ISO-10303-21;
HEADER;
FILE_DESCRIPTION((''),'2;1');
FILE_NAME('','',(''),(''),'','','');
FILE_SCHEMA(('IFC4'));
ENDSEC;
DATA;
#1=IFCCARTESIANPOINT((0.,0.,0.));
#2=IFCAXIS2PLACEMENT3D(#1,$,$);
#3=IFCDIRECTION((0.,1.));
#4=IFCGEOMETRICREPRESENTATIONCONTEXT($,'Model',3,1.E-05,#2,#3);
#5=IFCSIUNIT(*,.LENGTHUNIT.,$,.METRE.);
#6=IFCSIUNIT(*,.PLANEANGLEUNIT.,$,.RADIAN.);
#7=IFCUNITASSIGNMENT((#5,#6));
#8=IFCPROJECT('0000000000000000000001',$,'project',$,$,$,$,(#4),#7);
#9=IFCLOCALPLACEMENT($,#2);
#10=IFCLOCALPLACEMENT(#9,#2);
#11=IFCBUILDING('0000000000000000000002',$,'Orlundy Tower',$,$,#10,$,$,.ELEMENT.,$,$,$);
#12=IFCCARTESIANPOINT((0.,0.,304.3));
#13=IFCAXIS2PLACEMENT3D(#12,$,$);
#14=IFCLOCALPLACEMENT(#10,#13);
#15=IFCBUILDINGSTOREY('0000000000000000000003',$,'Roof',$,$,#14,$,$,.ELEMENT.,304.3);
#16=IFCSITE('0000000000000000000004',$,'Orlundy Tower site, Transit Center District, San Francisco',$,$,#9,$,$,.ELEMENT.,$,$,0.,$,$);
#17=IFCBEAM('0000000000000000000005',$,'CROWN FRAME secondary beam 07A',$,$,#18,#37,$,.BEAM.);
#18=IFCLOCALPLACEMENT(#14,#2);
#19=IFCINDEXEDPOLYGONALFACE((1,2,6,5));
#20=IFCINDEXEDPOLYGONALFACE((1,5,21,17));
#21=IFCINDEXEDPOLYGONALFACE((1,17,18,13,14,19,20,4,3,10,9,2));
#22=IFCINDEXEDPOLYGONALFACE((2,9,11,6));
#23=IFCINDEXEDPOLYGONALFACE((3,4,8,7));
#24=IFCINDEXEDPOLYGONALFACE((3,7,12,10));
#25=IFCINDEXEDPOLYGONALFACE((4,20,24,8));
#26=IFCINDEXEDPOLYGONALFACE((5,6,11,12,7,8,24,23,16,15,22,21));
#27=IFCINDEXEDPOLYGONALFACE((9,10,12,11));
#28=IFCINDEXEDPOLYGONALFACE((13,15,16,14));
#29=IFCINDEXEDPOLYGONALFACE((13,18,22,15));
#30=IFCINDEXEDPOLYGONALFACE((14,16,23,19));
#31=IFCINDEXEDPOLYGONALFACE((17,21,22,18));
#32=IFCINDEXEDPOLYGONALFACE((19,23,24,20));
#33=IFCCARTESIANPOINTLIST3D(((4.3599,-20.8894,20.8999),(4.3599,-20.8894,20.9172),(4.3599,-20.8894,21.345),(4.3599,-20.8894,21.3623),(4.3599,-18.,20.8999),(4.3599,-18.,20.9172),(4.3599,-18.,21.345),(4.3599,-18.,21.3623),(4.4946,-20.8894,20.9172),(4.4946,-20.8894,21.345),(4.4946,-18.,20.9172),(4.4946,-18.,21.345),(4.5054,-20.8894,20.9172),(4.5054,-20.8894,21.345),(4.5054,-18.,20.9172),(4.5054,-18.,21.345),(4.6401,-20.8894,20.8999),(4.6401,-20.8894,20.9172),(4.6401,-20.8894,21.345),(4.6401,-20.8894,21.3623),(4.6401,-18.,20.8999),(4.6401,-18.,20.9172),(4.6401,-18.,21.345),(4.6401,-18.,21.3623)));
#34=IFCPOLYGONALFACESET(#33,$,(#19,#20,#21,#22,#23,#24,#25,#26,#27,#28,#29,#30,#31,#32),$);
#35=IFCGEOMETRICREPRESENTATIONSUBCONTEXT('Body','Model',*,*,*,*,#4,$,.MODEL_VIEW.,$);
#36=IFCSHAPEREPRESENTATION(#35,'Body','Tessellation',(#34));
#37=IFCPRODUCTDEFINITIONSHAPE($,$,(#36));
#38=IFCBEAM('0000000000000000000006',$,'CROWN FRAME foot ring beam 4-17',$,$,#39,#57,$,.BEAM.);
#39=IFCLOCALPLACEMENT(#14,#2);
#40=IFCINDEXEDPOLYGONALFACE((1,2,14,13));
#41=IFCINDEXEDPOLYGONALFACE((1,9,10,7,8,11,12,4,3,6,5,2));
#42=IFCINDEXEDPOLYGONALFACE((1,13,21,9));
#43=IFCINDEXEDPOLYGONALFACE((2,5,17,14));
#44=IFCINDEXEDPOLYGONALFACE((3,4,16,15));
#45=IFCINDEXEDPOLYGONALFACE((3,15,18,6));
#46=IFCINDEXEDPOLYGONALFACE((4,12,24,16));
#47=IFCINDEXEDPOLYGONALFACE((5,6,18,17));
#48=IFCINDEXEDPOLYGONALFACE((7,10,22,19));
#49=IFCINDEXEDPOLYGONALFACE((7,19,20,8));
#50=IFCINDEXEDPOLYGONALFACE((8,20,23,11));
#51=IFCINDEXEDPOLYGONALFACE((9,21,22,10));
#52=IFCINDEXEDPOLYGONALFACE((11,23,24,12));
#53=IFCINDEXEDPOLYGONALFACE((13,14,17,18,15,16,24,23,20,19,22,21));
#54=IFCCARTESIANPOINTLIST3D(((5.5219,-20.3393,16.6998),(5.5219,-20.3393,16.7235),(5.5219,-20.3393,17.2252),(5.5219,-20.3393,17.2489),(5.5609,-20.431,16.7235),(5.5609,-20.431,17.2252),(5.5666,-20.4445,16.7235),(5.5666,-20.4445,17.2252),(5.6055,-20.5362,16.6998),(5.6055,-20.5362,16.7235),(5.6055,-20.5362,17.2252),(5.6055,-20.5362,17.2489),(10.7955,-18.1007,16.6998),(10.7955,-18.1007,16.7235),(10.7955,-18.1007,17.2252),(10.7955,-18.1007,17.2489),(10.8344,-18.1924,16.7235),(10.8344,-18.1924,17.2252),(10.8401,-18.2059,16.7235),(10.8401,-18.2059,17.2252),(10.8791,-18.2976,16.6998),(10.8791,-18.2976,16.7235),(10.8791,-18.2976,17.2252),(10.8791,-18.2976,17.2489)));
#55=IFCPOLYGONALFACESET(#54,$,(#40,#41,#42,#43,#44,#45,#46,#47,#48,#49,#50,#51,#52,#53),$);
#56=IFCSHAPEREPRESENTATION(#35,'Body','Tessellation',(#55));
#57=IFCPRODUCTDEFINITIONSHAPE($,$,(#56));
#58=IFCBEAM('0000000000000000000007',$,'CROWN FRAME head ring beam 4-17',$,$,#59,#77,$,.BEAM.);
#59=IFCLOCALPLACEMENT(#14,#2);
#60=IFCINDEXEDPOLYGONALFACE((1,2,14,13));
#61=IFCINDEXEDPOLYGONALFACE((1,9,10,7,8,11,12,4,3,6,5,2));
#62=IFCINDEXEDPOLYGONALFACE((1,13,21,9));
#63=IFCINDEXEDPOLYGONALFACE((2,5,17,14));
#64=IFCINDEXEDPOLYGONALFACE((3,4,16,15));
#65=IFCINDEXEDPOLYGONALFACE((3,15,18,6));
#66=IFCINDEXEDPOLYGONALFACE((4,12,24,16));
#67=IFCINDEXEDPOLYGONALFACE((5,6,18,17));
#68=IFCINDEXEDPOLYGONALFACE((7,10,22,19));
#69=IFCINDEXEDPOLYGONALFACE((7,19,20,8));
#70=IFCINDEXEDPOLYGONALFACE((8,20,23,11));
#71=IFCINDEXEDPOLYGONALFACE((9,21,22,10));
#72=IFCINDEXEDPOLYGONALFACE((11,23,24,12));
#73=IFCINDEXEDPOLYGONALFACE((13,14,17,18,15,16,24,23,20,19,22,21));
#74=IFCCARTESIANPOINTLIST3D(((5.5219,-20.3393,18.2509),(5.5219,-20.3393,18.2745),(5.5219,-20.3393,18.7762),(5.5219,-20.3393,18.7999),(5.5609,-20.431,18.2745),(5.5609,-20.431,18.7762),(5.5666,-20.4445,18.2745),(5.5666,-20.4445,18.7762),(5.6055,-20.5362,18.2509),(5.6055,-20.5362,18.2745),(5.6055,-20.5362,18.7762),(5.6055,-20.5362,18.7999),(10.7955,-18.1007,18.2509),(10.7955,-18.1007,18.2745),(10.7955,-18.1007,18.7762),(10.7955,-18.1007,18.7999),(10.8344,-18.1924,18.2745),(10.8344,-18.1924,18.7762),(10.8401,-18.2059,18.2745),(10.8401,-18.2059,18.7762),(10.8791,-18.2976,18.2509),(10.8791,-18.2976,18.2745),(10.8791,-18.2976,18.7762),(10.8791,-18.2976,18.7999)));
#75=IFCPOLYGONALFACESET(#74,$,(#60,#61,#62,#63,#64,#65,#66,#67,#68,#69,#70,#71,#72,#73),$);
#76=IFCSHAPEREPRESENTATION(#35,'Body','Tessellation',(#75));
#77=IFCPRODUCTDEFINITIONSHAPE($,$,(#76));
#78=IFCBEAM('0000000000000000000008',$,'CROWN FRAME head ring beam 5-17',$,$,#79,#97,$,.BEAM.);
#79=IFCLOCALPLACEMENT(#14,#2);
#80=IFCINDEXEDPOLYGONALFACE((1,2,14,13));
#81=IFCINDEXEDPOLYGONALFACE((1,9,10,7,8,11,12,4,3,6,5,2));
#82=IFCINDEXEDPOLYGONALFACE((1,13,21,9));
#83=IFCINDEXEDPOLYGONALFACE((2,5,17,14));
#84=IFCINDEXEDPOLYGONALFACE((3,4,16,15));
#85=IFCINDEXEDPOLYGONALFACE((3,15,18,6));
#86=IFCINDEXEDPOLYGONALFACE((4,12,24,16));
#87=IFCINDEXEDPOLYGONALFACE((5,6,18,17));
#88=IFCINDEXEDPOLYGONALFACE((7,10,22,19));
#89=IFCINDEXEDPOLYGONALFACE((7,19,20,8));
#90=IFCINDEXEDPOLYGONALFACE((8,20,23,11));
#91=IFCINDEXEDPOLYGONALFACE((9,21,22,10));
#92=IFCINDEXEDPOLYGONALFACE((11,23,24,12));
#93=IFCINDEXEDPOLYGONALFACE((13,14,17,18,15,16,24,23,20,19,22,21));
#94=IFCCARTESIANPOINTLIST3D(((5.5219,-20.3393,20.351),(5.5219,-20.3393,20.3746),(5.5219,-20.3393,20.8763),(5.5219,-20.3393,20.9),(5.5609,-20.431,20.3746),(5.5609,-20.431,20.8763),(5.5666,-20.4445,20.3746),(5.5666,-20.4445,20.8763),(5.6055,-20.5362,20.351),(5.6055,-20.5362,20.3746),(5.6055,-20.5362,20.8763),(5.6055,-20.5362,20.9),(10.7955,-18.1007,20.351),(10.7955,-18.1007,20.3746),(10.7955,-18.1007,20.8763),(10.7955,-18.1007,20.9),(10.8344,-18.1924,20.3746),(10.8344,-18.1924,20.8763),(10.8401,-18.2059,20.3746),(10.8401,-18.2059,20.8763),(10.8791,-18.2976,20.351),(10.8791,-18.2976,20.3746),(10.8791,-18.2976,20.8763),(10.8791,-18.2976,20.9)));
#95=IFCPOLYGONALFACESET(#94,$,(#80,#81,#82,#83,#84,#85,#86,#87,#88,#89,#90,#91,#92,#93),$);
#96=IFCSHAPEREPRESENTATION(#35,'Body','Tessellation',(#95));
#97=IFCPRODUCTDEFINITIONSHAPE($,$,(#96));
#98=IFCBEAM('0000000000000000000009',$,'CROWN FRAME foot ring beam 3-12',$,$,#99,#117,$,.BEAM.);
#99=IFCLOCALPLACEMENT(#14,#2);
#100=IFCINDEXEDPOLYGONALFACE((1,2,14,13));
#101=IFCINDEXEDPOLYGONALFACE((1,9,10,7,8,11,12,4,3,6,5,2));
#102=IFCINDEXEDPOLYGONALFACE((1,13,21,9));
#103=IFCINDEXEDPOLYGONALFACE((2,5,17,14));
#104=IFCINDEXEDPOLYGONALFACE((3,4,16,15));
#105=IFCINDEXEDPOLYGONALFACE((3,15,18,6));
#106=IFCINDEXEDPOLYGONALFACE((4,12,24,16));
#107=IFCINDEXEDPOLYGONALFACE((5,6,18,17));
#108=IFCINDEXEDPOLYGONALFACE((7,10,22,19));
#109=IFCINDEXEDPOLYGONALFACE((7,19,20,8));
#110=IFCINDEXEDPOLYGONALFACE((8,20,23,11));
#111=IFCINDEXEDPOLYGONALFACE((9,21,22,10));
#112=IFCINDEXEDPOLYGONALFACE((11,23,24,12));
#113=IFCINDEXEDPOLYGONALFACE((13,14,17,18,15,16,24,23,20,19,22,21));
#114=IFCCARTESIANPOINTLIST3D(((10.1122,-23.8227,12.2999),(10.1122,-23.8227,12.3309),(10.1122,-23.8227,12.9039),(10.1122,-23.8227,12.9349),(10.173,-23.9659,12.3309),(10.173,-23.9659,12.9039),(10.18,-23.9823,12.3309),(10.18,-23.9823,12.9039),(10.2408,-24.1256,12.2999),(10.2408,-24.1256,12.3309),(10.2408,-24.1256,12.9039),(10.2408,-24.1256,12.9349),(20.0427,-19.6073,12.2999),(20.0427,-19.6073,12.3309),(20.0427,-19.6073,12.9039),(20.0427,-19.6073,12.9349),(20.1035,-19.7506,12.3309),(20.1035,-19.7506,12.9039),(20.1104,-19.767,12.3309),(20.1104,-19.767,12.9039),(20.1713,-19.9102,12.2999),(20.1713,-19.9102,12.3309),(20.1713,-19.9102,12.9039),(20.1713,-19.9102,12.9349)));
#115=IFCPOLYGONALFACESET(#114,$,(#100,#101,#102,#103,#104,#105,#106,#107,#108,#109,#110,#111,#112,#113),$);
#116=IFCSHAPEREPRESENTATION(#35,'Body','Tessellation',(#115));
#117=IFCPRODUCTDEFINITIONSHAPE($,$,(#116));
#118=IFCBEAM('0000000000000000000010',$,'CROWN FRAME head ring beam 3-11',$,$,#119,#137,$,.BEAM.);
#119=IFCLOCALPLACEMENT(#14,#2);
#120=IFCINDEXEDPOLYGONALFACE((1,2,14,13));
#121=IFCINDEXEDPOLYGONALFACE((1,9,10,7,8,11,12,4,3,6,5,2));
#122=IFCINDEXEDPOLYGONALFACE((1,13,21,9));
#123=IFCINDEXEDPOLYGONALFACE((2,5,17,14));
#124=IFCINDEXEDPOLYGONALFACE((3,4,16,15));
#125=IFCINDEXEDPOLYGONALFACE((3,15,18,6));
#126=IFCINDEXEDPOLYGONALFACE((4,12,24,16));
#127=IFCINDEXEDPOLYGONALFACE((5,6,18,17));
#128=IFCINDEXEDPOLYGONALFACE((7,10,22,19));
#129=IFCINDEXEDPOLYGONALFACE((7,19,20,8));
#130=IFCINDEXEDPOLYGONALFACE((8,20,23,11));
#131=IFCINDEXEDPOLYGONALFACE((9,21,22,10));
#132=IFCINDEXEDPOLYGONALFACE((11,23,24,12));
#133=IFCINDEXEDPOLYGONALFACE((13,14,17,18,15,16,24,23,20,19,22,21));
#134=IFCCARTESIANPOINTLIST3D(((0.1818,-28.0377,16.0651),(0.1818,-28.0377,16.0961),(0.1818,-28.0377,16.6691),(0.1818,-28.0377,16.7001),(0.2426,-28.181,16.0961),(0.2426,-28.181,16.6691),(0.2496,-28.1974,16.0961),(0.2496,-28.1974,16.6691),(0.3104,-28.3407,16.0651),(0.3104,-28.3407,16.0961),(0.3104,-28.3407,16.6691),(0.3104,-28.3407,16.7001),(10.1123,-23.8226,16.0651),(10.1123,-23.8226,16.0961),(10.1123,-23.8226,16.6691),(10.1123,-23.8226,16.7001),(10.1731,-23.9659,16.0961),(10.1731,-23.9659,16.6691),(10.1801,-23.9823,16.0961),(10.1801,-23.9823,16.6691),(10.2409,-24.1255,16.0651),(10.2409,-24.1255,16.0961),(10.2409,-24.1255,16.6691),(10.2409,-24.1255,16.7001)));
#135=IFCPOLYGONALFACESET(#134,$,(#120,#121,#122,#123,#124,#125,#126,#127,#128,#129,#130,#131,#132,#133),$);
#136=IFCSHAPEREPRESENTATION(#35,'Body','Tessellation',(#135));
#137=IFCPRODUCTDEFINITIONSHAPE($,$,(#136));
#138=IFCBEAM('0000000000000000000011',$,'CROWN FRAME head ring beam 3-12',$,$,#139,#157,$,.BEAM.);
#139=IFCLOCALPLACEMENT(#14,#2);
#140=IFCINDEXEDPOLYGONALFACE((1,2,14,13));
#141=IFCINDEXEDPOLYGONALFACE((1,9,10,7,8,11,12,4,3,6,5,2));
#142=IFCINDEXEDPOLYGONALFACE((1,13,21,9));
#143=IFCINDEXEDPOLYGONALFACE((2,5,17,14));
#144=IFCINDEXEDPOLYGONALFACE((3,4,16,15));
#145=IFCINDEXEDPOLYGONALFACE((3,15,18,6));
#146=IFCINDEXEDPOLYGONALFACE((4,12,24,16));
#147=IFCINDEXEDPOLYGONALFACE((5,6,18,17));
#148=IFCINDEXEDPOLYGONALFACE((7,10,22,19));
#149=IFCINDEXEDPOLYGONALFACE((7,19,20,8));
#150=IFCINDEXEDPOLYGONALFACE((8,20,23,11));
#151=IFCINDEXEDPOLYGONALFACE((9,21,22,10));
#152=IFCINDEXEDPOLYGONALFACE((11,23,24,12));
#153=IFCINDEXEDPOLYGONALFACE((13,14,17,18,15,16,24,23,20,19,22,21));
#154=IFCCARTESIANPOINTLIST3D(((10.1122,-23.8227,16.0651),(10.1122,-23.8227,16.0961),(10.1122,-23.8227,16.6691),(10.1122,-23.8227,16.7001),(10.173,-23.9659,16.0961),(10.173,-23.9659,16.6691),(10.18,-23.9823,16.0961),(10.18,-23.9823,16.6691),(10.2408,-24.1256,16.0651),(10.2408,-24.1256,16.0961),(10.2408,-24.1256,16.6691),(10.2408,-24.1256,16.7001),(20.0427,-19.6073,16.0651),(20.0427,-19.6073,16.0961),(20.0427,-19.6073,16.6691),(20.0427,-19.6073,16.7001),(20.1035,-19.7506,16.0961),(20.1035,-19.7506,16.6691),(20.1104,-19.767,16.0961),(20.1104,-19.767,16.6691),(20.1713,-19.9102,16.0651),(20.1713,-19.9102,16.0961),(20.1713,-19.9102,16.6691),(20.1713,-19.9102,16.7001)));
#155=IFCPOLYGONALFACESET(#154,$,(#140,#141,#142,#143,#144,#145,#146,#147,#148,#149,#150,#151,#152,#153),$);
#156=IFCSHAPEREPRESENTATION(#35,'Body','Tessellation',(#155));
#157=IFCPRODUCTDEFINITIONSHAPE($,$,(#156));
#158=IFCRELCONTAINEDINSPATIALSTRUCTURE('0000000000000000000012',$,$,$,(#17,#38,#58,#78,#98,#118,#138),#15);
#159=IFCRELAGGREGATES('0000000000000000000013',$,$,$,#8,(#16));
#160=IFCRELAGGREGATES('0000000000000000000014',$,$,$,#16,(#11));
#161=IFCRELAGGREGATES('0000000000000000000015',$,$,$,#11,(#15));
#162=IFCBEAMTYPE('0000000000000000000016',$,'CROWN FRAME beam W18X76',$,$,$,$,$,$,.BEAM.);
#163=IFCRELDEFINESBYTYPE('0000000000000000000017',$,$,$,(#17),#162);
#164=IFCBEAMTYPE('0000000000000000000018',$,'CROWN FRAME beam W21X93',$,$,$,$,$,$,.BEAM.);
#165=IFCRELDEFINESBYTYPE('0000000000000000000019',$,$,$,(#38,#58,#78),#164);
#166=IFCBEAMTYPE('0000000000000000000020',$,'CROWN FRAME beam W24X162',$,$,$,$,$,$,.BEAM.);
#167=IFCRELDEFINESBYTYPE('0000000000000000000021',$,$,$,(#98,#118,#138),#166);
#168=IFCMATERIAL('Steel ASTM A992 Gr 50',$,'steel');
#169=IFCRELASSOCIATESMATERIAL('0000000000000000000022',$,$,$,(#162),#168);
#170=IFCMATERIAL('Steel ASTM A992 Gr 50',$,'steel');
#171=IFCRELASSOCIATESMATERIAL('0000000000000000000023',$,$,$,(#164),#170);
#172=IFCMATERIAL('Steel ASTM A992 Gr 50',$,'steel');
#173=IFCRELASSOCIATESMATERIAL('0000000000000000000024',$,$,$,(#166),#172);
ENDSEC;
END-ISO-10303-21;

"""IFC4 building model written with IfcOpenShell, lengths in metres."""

from ifc_helpers import new_model, si_unit, direction, frame, origin, origin_2d, place, context, subcontext, project, spatial, i_section, extrude, material, material_profile, profile_set, type_object, element, save


model = new_model("IFC4")

# Units and contexts
model_context = context("Model", 3, precision=1e-05, world=origin(), true_north=direction((0.0, 1.0)))
body_context = subcontext(model_context, "Body", "Model", "MODEL_VIEW")
ifc_project = project(units=[si_unit("LENGTHUNIT", "METRE"), si_unit("PLANEANGLEUNIT", "RADIAN")], contexts=[model_context])

# Site, building, storey
site_placement = place(None, origin())
site = spatial("IfcSite", under=ifc_project, at=site_placement, Name="Orlundy Tower site, Transit Center District, San Francisco", CompositionType="ELEMENT", RefElevation=0.0)
building_placement = place(site_placement, origin())
building = spatial("IfcBuilding", under=site, at=building_placement, Name="Orlundy Tower", CompositionType="ELEMENT")
storey_placement = place(building_placement, frame((0.0, 0.0, 304.3)))
storey = spatial("IfcBuildingStorey", under=building, at=storey_placement, Name="Roof", CompositionType="ELEMENT", Elevation=304.3)

# Beams
ifc_material_1 = material(Name="Steel ASTM A992 Gr 50", Category="steel")
ifc_material_profile_1 = material_profile(ifc_material_1, i_section(OverallWidth=0.2803, OverallDepth=0.4624, WebThickness=0.0107, FlangeThickness=0.0173, at=origin_2d()), Name="W18X76")
ifc_profile_set_1 = profile_set([ifc_material_profile_1], Name="Steel ASTM A992 Gr 50")
beam_type_1 = type_object("IfcBeamType", Name="CROWN FRAME beam W18X76", PredefinedType="BEAM", material=ifc_profile_set_1)
beam_placement = place(storey_placement, frame((4.5, -20.8894, 21.1311), z_axis=(0.0, 1.0, 0.0), x_axis=(-1.0, 0.0, 0.0)))
element("IfcBeam", 1, at=beam_placement, inside=storey, type_object=beam_type_1, Name="CROWN FRAME secondary beam 07A", PredefinedType="BEAM", context=body_context, shape_type="SweptSolid", body=[
    extrude(i_section(OverallWidth=0.2803, OverallDepth=0.4624, WebThickness=0.0107, FlangeThickness=0.0173, at=origin_2d()), origin(), (0.0, 0.0, 1.0), 2.8894),
])
ifc_material_2 = material(Name="Steel ASTM A992 Gr 50", Category="steel")
ifc_material_profile_2 = material_profile(ifc_material_2, i_section(OverallWidth=0.2139, OverallDepth=0.5491, WebThickness=0.0146, FlangeThickness=0.0237, at=origin_2d()), Name="W21X93")
ifc_profile_set_2 = profile_set([ifc_material_profile_2], Name="Steel ASTM A992 Gr 50")
beam_type_2 = type_object("IfcBeamType", Name="CROWN FRAME beam W21X93", PredefinedType="BEAM", material=ifc_profile_set_2)
for number, where, z_axis, x_axis, name in (
    (2, (5.5637, -20.4377, 16.9744), (0.9205, 0.390744, 0.0), (-0.390744, 0.9205, 0.0), "CROWN FRAME foot ring beam 4-17"),
    (3, (5.5637, -20.4377, 18.5254), (0.9205, 0.390744, 0.0), (-0.390744, 0.9205, 0.0), "CROWN FRAME head ring beam 4-17"),
    (4, (5.5637, -20.4377, 20.6255), (0.9205, 0.390744, 0.0), (-0.390744, 0.9205, 0.0), "CROWN FRAME head ring beam 5-17"),
):
    element("IfcBeam", number, at=place(storey_placement, frame(where, z_axis=z_axis, x_axis=x_axis)), inside=storey, type_object=beam_type_2, Name=name, PredefinedType="BEAM", context=body_context, shape_type="SweptSolid", body=[
        extrude(i_section(OverallWidth=0.2139, OverallDepth=0.5491, WebThickness=0.0146, FlangeThickness=0.0237, at=origin_2d()), origin(), (0.0, 0.0, 1.0), 5.729),
    ])
ifc_material_3 = material(Name="Steel ASTM A992 Gr 50", Category="steel")
ifc_material_profile_3 = material_profile(ifc_material_3, i_section(OverallWidth=0.3291, OverallDepth=0.635, WebThickness=0.0178, FlangeThickness=0.031, at=origin_2d()), Name="W24X162")
ifc_profile_set_3 = profile_set([ifc_material_profile_3], Name="Steel ASTM A992 Gr 50")
beam_type_3 = type_object("IfcBeamType", Name="CROWN FRAME beam W24X162", PredefinedType="BEAM", material=ifc_profile_set_3)
for number, where, z_axis, x_axis, name in (
    (5, (10.1765, -23.9741, 12.6174), (0.920501, 0.39074, 0.0), (-0.39074, 0.920501, 0.0), "CROWN FRAME foot ring beam 3-12"),
    (6, (0.2461, -28.1892, 16.3826), (0.920509, 0.390721, 0.0), (-0.390721, 0.920509, 0.0), "CROWN FRAME head ring beam 3-11"),
    (7, (10.1765, -23.9741, 16.3826), (0.920501, 0.39074, 0.0), (-0.39074, 0.920501, 0.0), "CROWN FRAME head ring beam 3-12"),
):
    element("IfcBeam", number, at=place(storey_placement, frame(where, z_axis=z_axis, x_axis=x_axis)), inside=storey, type_object=beam_type_3, Name=name, PredefinedType="BEAM", context=body_context, shape_type="SweptSolid", body=[
        extrude(i_section(OverallWidth=0.3291, OverallDepth=0.635, WebThickness=0.0178, FlangeThickness=0.031, at=origin_2d()), origin(), (0.0, 0.0, 1.0), 10.7881),
    ])

save(model, "model.ifc")
